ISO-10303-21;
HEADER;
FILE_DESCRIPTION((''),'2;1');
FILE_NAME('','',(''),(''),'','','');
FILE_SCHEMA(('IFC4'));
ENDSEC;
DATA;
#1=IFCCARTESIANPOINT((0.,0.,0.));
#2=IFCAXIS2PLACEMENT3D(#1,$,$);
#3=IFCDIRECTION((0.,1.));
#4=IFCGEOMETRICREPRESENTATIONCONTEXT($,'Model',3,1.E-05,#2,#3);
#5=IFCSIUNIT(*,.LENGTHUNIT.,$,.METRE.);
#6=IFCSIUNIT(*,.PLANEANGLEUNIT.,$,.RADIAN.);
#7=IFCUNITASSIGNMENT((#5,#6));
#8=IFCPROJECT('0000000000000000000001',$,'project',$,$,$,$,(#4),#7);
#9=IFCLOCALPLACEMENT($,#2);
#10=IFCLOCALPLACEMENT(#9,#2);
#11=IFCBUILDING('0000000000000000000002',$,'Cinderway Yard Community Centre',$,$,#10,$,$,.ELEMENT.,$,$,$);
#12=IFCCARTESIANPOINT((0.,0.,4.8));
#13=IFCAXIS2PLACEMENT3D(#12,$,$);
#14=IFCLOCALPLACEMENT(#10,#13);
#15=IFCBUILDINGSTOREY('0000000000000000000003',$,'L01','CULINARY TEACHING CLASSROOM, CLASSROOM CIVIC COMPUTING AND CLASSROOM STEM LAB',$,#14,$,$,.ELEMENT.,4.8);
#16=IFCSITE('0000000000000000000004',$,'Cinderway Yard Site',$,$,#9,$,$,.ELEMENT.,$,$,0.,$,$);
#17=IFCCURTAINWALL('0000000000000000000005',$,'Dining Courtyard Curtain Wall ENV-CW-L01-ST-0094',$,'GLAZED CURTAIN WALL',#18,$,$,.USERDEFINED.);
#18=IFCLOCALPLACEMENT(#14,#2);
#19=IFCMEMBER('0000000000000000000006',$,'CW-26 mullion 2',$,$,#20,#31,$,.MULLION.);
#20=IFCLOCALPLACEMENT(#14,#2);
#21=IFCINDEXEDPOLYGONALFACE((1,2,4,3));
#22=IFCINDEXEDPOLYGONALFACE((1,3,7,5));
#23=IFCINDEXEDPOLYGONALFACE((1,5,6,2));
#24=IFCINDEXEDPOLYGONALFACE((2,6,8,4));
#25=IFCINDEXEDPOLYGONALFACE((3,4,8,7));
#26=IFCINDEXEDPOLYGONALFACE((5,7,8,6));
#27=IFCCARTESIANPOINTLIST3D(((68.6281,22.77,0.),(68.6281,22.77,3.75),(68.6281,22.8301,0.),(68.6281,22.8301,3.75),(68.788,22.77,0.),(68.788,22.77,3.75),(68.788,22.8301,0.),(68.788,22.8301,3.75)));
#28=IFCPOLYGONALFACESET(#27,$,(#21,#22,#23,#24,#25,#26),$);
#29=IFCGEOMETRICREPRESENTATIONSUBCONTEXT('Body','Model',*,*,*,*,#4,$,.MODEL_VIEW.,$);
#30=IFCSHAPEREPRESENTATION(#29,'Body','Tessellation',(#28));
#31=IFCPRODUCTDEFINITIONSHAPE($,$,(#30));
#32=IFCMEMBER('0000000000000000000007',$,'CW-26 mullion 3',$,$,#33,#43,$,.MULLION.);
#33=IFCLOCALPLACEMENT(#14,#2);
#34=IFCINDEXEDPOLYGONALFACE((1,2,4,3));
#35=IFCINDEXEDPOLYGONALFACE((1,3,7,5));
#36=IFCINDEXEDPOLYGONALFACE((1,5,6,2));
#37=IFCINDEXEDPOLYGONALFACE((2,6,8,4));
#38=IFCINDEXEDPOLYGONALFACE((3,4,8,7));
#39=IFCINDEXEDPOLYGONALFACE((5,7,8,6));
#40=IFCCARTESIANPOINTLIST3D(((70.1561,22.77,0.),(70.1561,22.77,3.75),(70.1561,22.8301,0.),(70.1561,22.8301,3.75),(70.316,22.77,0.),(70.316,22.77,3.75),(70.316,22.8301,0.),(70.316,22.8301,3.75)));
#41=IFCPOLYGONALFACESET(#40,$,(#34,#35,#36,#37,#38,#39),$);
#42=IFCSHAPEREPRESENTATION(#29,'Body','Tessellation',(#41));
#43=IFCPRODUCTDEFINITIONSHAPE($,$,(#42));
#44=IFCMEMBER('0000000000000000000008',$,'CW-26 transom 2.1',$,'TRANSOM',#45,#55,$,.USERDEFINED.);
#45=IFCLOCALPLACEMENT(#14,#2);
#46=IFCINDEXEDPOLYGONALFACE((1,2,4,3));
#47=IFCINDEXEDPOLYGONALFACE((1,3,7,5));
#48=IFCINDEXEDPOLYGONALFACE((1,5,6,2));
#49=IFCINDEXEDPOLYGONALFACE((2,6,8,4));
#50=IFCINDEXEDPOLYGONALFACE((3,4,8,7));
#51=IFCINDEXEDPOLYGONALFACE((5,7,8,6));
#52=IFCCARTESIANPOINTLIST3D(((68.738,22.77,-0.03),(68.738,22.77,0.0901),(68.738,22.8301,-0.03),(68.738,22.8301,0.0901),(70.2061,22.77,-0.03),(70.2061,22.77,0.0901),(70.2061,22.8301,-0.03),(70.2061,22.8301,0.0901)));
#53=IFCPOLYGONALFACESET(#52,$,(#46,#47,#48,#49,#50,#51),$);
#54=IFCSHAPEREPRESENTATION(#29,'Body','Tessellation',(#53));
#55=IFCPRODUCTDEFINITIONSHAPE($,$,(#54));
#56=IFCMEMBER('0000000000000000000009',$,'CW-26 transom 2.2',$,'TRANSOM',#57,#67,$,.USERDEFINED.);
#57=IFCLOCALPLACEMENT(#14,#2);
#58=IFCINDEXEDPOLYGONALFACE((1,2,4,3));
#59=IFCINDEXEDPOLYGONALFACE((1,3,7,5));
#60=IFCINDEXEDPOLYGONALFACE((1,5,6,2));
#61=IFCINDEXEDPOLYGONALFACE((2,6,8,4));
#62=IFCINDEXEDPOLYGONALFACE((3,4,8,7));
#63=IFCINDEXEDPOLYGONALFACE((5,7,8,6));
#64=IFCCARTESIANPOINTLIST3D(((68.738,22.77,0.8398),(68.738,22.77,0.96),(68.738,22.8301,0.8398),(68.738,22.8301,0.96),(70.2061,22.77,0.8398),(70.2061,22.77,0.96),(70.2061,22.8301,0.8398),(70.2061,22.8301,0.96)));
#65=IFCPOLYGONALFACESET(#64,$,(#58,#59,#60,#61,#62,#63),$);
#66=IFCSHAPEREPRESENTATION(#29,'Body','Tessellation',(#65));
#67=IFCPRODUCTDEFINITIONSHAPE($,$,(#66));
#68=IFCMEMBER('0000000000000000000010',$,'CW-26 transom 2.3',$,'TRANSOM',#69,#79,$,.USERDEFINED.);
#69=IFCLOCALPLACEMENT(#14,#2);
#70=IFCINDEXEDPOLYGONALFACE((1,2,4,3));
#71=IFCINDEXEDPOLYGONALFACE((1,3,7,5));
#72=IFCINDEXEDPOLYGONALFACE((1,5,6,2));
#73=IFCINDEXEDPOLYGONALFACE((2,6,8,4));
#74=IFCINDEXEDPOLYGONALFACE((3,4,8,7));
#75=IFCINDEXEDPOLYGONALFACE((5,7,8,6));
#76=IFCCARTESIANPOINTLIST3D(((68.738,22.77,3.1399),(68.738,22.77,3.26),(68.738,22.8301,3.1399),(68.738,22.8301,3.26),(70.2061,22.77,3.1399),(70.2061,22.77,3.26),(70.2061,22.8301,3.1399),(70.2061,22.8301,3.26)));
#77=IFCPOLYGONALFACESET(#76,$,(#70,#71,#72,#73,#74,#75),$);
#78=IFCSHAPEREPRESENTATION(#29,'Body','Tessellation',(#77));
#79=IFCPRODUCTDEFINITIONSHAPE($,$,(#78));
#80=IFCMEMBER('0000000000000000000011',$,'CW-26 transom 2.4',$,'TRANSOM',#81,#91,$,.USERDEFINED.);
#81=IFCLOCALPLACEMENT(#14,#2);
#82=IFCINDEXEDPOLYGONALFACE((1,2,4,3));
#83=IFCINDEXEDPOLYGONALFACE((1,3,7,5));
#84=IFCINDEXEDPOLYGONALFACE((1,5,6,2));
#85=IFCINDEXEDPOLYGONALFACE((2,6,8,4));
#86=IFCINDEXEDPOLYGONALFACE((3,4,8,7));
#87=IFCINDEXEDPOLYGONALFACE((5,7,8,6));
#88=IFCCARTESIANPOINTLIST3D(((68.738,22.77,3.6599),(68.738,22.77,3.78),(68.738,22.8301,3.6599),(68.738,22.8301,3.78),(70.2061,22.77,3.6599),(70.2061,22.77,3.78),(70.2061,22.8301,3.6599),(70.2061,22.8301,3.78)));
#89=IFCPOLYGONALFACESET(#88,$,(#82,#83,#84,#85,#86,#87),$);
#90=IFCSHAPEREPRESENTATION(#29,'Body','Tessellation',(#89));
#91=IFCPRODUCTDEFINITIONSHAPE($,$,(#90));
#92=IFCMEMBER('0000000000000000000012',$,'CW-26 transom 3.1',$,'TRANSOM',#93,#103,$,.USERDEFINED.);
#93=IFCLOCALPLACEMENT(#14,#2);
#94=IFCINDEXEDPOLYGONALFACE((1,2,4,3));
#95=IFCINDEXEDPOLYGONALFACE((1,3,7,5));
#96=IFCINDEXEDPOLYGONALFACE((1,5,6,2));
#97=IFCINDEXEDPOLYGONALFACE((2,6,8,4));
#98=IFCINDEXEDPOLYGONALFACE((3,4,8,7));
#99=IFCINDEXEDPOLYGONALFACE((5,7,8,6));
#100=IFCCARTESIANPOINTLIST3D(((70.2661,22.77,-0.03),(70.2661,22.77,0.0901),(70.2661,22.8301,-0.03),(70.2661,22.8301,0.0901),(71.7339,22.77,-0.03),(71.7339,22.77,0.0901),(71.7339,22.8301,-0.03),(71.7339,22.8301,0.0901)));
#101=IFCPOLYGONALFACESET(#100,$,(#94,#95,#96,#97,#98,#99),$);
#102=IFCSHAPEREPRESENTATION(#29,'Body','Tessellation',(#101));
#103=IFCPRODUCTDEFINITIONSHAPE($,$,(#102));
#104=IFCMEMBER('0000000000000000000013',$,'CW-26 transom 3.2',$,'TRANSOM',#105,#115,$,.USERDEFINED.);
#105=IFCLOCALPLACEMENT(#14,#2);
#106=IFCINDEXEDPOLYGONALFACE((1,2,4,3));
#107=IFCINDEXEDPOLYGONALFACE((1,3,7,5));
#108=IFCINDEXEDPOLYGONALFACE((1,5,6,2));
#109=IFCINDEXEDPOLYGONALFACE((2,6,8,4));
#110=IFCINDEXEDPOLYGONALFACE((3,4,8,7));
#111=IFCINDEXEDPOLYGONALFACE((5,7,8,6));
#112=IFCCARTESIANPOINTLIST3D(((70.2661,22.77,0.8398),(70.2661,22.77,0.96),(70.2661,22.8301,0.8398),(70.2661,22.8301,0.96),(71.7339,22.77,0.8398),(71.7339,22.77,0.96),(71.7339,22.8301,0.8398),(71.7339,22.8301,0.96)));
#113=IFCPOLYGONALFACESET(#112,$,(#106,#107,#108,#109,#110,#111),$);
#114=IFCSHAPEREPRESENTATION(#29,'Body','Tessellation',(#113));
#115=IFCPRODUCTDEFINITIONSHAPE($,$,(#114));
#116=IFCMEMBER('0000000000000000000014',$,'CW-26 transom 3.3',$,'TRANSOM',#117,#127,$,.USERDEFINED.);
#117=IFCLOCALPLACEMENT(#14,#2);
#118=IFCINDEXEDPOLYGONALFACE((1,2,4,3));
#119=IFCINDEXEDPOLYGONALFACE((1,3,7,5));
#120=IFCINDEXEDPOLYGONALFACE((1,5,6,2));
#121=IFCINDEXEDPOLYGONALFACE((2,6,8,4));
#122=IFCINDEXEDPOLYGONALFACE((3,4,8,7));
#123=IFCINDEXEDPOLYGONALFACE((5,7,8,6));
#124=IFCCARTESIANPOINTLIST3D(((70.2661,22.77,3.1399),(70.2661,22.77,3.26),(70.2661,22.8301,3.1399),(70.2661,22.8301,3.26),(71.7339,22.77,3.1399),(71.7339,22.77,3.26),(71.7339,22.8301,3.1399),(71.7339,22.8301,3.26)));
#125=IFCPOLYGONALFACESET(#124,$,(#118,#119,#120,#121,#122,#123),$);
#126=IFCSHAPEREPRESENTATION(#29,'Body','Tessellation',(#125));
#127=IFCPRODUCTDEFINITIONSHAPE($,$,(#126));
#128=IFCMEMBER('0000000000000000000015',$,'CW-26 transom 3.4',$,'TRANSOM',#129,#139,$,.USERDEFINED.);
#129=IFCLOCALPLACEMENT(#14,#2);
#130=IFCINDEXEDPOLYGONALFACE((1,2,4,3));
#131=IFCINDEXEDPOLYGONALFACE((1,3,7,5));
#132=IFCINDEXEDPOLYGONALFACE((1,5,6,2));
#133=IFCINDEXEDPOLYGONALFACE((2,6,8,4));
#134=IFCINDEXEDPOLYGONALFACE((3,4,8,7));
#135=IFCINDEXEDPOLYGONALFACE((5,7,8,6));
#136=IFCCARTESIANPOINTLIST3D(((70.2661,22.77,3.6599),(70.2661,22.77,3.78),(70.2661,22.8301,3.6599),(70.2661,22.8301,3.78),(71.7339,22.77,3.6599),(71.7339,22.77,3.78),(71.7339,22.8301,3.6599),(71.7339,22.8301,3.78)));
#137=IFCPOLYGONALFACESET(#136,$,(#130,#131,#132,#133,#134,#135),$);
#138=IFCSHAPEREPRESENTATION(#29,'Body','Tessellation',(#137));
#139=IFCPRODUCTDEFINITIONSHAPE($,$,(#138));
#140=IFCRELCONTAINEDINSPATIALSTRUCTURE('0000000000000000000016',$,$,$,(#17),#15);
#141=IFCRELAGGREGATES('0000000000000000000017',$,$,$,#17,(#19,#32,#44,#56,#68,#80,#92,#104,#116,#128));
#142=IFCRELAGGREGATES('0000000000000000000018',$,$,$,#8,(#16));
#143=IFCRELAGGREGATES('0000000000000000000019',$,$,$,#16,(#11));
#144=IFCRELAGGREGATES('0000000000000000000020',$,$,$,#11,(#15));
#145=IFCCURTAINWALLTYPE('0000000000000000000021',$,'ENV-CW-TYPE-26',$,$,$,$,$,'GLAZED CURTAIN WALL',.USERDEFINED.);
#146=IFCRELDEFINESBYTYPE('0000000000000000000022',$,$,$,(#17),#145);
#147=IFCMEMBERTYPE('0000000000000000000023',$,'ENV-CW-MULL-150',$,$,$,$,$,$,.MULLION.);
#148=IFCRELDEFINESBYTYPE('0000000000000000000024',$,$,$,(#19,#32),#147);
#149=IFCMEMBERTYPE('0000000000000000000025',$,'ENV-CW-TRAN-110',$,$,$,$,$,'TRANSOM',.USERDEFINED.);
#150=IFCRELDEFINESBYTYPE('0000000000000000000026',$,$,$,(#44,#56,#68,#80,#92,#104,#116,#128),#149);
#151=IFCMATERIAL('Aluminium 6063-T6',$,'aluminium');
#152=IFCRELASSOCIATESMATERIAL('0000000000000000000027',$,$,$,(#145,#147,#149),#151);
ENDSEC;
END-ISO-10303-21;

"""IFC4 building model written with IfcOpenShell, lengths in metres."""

from ifc_helpers import new_model, si_unit, direction, frame, origin, origin_2d, place, context, subcontext, project, spatial, rectangle, extrude, material, material_profile, profile_set, type_object, element, aggregate, save


model = new_model("IFC4")

# Units and contexts
model_context = context("Model", 3, precision=1e-05, world=origin(), true_north=direction((0.0, 1.0)))
body_context = subcontext(model_context, "Body", "Model", "MODEL_VIEW")
ifc_project = project(units=[si_unit("LENGTHUNIT", "METRE"), si_unit("PLANEANGLEUNIT", "RADIAN")], contexts=[model_context])

# Site, building, storey
site_placement = place(None, origin())
site = spatial("IfcSite", under=ifc_project, at=site_placement, Name="Cinderway Yard Site", CompositionType="ELEMENT", RefElevation=0.0)
building_placement = place(site_placement, origin())
building = spatial("IfcBuilding", under=site, at=building_placement, Name="Cinderway Yard Community Centre", CompositionType="ELEMENT")
storey_placement = place(building_placement, frame((0.0, 0.0, 4.8)))
storey = spatial("IfcBuildingStorey", under=building, at=storey_placement, Name="L01", Description="CULINARY TEACHING CLASSROOM, CLASSROOM CIVIC COMPUTING AND CLASSROOM STEM LAB", CompositionType="ELEMENT", Elevation=4.8)

# Curtain wall, members
ifc_material_1 = material(Name="Aluminium 6063-T6", Category="aluminium")
curtain_wall_type = type_object("IfcCurtainWallType", Name="ENV-CW-TYPE-26", ElementType="GLAZED CURTAIN WALL", PredefinedType="USERDEFINED", material=ifc_material_1)
curtain_wall_placement = place(storey_placement, origin())
curtain_wall = element("IfcCurtainWall", 1, at=curtain_wall_placement, inside=storey, type_object=curtain_wall_type, Name="Dining Courtyard Curtain Wall ENV-CW-L01-ST-0094", ObjectType="GLAZED CURTAIN WALL", PredefinedType="USERDEFINED")
ifc_material_profile_1 = material_profile(ifc_material_1, rectangle(XDim=0.0601, YDim=0.1599, at=origin_2d()), Name="Aluminium 6063-T6")
ifc_profile_set_1 = profile_set([ifc_material_profile_1], Name="Aluminium 6063-T6")
member_type_1 = type_object("IfcMemberType", Name="ENV-CW-MULL-150", PredefinedType="MULLION", material=ifc_profile_set_1)
member_1_placement = place(storey_placement, frame((68.708, 22.8, 0.0), z_axis=(0.0, 0.0, 1.0), x_axis=(0.0, 1.0, 0.0)))
member_1 = element("IfcMember", 2, at=member_1_placement, type_object=member_type_1, Name="CW-26 mullion 2", PredefinedType="MULLION", context=body_context, shape_type="SweptSolid", body=[
    extrude(rectangle(XDim=0.0601, YDim=0.1599, at=origin_2d()), origin(), (0.0, 0.0, 1.0), 3.75),
])
member_2_placement = place(storey_placement, frame((70.2361, 22.8, 0.0), z_axis=(0.0, 0.0, 1.0), x_axis=(0.0, 1.0, 0.0)))
member_2 = element("IfcMember", 3, at=member_2_placement, type_object=member_type_1, Name="CW-26 mullion 3", PredefinedType="MULLION", context=body_context, shape_type="SweptSolid", body=[
    extrude(rectangle(XDim=0.0601, YDim=0.1599, at=origin_2d()), origin(), (0.0, 0.0, 1.0), 3.75),
])
ifc_material_profile_2 = material_profile(ifc_material_1, rectangle(XDim=0.0601, YDim=0.1201, at=origin_2d()), Name="Aluminium 6063-T6")
ifc_profile_set_2 = profile_set([ifc_material_profile_2], Name="Aluminium 6063-T6")
member_type_2 = type_object("IfcMemberType", Name="ENV-CW-TRAN-110", ElementType="TRANSOM", PredefinedType="USERDEFINED", material=ifc_profile_set_2)
member_3_placement = place(storey_placement, frame((68.738, 22.8, 0.03), z_axis=(1.0, 0.0, 0.0), x_axis=(0.0, 1.0, 0.0)))
member_3 = element("IfcMember", 4, at=member_3_placement, type_object=member_type_2, Name="CW-26 transom 2.1", ObjectType="TRANSOM", PredefinedType="USERDEFINED", context=body_context, shape_type="SweptSolid", body=[
    extrude(rectangle(XDim=0.0601, YDim=0.1201, at=origin_2d()), origin(), (0.0, 0.0, 1.0), 1.468),
])
member_4_placement = place(storey_placement, frame((68.738, 22.8, 0.8999), z_axis=(1.0, 0.0, 0.0), x_axis=(0.0, 1.0, 0.0)))
member_4 = element("IfcMember", 5, at=member_4_placement, type_object=member_type_2, Name="CW-26 transom 2.2", ObjectType="TRANSOM", PredefinedType="USERDEFINED", context=body_context, shape_type="SweptSolid", body=[
    extrude(rectangle(XDim=0.0601, YDim=0.1201, at=origin_2d()), origin(), (0.0, 0.0, 1.0), 1.468),
])
member_5_placement = place(storey_placement, frame((68.738, 22.8, 3.2), z_axis=(1.0, 0.0, 0.0), x_axis=(0.0, 1.0, 0.0)))
member_5 = element("IfcMember", 6, at=member_5_placement, type_object=member_type_2, Name="CW-26 transom 2.3", ObjectType="TRANSOM", PredefinedType="USERDEFINED", context=body_context, shape_type="SweptSolid", body=[
    extrude(rectangle(XDim=0.0601, YDim=0.1201, at=origin_2d()), origin(), (0.0, 0.0, 1.0), 1.468),
])
member_6_placement = place(storey_placement, frame((68.738, 22.8, 3.72), z_axis=(1.0, 0.0, 0.0), x_axis=(0.0, 1.0, 0.0)))
member_6 = element("IfcMember", 7, at=member_6_placement, type_object=member_type_2, Name="CW-26 transom 2.4", ObjectType="TRANSOM", PredefinedType="USERDEFINED", context=body_context, shape_type="SweptSolid", body=[
    extrude(rectangle(XDim=0.0601, YDim=0.1201, at=origin_2d()), origin(), (0.0, 0.0, 1.0), 1.468),
])
member_7_placement = place(storey_placement, frame((70.2661, 22.8, 0.03), z_axis=(1.0, 0.0, 0.0), x_axis=(0.0, 1.0, 0.0)))
member_7 = element("IfcMember", 8, at=member_7_placement, type_object=member_type_2, Name="CW-26 transom 3.1", ObjectType="TRANSOM", PredefinedType="USERDEFINED", context=body_context, shape_type="SweptSolid", body=[
    extrude(rectangle(XDim=0.0601, YDim=0.1201, at=origin_2d()), origin(), (0.0, 0.0, 1.0), 1.4678),
])
member_8_placement = place(storey_placement, frame((70.2661, 22.8, 0.8999), z_axis=(1.0, 0.0, 0.0), x_axis=(0.0, 1.0, 0.0)))
member_8 = element("IfcMember", 9, at=member_8_placement, type_object=member_type_2, Name="CW-26 transom 3.2", ObjectType="TRANSOM", PredefinedType="USERDEFINED", context=body_context, shape_type="SweptSolid", body=[
    extrude(rectangle(XDim=0.0601, YDim=0.1201, at=origin_2d()), origin(), (0.0, 0.0, 1.0), 1.4678),
])
member_9_placement = place(storey_placement, frame((70.2661, 22.8, 3.2), z_axis=(1.0, 0.0, 0.0), x_axis=(0.0, 1.0, 0.0)))
member_9 = element("IfcMember", 10, at=member_9_placement, type_object=member_type_2, Name="CW-26 transom 3.3", ObjectType="TRANSOM", PredefinedType="USERDEFINED", context=body_context, shape_type="SweptSolid", body=[
    extrude(rectangle(XDim=0.0601, YDim=0.1201, at=origin_2d()), origin(), (0.0, 0.0, 1.0), 1.4678),
])
member_10_placement = place(storey_placement, frame((70.2661, 22.8, 3.72), z_axis=(1.0, 0.0, 0.0), x_axis=(0.0, 1.0, 0.0)))
member_10 = element("IfcMember", 11, at=member_10_placement, type_object=member_type_2, Name="CW-26 transom 3.4", ObjectType="TRANSOM", PredefinedType="USERDEFINED", context=body_context, shape_type="SweptSolid", body=[
    extrude(rectangle(XDim=0.0601, YDim=0.1201, at=origin_2d()), origin(), (0.0, 0.0, 1.0), 1.4678),
])

aggregate(curtain_wall, [member_1, member_2, member_3, member_4, member_5, member_6, member_7, member_8, member_9, member_10])

save(model, "model.ifc")
